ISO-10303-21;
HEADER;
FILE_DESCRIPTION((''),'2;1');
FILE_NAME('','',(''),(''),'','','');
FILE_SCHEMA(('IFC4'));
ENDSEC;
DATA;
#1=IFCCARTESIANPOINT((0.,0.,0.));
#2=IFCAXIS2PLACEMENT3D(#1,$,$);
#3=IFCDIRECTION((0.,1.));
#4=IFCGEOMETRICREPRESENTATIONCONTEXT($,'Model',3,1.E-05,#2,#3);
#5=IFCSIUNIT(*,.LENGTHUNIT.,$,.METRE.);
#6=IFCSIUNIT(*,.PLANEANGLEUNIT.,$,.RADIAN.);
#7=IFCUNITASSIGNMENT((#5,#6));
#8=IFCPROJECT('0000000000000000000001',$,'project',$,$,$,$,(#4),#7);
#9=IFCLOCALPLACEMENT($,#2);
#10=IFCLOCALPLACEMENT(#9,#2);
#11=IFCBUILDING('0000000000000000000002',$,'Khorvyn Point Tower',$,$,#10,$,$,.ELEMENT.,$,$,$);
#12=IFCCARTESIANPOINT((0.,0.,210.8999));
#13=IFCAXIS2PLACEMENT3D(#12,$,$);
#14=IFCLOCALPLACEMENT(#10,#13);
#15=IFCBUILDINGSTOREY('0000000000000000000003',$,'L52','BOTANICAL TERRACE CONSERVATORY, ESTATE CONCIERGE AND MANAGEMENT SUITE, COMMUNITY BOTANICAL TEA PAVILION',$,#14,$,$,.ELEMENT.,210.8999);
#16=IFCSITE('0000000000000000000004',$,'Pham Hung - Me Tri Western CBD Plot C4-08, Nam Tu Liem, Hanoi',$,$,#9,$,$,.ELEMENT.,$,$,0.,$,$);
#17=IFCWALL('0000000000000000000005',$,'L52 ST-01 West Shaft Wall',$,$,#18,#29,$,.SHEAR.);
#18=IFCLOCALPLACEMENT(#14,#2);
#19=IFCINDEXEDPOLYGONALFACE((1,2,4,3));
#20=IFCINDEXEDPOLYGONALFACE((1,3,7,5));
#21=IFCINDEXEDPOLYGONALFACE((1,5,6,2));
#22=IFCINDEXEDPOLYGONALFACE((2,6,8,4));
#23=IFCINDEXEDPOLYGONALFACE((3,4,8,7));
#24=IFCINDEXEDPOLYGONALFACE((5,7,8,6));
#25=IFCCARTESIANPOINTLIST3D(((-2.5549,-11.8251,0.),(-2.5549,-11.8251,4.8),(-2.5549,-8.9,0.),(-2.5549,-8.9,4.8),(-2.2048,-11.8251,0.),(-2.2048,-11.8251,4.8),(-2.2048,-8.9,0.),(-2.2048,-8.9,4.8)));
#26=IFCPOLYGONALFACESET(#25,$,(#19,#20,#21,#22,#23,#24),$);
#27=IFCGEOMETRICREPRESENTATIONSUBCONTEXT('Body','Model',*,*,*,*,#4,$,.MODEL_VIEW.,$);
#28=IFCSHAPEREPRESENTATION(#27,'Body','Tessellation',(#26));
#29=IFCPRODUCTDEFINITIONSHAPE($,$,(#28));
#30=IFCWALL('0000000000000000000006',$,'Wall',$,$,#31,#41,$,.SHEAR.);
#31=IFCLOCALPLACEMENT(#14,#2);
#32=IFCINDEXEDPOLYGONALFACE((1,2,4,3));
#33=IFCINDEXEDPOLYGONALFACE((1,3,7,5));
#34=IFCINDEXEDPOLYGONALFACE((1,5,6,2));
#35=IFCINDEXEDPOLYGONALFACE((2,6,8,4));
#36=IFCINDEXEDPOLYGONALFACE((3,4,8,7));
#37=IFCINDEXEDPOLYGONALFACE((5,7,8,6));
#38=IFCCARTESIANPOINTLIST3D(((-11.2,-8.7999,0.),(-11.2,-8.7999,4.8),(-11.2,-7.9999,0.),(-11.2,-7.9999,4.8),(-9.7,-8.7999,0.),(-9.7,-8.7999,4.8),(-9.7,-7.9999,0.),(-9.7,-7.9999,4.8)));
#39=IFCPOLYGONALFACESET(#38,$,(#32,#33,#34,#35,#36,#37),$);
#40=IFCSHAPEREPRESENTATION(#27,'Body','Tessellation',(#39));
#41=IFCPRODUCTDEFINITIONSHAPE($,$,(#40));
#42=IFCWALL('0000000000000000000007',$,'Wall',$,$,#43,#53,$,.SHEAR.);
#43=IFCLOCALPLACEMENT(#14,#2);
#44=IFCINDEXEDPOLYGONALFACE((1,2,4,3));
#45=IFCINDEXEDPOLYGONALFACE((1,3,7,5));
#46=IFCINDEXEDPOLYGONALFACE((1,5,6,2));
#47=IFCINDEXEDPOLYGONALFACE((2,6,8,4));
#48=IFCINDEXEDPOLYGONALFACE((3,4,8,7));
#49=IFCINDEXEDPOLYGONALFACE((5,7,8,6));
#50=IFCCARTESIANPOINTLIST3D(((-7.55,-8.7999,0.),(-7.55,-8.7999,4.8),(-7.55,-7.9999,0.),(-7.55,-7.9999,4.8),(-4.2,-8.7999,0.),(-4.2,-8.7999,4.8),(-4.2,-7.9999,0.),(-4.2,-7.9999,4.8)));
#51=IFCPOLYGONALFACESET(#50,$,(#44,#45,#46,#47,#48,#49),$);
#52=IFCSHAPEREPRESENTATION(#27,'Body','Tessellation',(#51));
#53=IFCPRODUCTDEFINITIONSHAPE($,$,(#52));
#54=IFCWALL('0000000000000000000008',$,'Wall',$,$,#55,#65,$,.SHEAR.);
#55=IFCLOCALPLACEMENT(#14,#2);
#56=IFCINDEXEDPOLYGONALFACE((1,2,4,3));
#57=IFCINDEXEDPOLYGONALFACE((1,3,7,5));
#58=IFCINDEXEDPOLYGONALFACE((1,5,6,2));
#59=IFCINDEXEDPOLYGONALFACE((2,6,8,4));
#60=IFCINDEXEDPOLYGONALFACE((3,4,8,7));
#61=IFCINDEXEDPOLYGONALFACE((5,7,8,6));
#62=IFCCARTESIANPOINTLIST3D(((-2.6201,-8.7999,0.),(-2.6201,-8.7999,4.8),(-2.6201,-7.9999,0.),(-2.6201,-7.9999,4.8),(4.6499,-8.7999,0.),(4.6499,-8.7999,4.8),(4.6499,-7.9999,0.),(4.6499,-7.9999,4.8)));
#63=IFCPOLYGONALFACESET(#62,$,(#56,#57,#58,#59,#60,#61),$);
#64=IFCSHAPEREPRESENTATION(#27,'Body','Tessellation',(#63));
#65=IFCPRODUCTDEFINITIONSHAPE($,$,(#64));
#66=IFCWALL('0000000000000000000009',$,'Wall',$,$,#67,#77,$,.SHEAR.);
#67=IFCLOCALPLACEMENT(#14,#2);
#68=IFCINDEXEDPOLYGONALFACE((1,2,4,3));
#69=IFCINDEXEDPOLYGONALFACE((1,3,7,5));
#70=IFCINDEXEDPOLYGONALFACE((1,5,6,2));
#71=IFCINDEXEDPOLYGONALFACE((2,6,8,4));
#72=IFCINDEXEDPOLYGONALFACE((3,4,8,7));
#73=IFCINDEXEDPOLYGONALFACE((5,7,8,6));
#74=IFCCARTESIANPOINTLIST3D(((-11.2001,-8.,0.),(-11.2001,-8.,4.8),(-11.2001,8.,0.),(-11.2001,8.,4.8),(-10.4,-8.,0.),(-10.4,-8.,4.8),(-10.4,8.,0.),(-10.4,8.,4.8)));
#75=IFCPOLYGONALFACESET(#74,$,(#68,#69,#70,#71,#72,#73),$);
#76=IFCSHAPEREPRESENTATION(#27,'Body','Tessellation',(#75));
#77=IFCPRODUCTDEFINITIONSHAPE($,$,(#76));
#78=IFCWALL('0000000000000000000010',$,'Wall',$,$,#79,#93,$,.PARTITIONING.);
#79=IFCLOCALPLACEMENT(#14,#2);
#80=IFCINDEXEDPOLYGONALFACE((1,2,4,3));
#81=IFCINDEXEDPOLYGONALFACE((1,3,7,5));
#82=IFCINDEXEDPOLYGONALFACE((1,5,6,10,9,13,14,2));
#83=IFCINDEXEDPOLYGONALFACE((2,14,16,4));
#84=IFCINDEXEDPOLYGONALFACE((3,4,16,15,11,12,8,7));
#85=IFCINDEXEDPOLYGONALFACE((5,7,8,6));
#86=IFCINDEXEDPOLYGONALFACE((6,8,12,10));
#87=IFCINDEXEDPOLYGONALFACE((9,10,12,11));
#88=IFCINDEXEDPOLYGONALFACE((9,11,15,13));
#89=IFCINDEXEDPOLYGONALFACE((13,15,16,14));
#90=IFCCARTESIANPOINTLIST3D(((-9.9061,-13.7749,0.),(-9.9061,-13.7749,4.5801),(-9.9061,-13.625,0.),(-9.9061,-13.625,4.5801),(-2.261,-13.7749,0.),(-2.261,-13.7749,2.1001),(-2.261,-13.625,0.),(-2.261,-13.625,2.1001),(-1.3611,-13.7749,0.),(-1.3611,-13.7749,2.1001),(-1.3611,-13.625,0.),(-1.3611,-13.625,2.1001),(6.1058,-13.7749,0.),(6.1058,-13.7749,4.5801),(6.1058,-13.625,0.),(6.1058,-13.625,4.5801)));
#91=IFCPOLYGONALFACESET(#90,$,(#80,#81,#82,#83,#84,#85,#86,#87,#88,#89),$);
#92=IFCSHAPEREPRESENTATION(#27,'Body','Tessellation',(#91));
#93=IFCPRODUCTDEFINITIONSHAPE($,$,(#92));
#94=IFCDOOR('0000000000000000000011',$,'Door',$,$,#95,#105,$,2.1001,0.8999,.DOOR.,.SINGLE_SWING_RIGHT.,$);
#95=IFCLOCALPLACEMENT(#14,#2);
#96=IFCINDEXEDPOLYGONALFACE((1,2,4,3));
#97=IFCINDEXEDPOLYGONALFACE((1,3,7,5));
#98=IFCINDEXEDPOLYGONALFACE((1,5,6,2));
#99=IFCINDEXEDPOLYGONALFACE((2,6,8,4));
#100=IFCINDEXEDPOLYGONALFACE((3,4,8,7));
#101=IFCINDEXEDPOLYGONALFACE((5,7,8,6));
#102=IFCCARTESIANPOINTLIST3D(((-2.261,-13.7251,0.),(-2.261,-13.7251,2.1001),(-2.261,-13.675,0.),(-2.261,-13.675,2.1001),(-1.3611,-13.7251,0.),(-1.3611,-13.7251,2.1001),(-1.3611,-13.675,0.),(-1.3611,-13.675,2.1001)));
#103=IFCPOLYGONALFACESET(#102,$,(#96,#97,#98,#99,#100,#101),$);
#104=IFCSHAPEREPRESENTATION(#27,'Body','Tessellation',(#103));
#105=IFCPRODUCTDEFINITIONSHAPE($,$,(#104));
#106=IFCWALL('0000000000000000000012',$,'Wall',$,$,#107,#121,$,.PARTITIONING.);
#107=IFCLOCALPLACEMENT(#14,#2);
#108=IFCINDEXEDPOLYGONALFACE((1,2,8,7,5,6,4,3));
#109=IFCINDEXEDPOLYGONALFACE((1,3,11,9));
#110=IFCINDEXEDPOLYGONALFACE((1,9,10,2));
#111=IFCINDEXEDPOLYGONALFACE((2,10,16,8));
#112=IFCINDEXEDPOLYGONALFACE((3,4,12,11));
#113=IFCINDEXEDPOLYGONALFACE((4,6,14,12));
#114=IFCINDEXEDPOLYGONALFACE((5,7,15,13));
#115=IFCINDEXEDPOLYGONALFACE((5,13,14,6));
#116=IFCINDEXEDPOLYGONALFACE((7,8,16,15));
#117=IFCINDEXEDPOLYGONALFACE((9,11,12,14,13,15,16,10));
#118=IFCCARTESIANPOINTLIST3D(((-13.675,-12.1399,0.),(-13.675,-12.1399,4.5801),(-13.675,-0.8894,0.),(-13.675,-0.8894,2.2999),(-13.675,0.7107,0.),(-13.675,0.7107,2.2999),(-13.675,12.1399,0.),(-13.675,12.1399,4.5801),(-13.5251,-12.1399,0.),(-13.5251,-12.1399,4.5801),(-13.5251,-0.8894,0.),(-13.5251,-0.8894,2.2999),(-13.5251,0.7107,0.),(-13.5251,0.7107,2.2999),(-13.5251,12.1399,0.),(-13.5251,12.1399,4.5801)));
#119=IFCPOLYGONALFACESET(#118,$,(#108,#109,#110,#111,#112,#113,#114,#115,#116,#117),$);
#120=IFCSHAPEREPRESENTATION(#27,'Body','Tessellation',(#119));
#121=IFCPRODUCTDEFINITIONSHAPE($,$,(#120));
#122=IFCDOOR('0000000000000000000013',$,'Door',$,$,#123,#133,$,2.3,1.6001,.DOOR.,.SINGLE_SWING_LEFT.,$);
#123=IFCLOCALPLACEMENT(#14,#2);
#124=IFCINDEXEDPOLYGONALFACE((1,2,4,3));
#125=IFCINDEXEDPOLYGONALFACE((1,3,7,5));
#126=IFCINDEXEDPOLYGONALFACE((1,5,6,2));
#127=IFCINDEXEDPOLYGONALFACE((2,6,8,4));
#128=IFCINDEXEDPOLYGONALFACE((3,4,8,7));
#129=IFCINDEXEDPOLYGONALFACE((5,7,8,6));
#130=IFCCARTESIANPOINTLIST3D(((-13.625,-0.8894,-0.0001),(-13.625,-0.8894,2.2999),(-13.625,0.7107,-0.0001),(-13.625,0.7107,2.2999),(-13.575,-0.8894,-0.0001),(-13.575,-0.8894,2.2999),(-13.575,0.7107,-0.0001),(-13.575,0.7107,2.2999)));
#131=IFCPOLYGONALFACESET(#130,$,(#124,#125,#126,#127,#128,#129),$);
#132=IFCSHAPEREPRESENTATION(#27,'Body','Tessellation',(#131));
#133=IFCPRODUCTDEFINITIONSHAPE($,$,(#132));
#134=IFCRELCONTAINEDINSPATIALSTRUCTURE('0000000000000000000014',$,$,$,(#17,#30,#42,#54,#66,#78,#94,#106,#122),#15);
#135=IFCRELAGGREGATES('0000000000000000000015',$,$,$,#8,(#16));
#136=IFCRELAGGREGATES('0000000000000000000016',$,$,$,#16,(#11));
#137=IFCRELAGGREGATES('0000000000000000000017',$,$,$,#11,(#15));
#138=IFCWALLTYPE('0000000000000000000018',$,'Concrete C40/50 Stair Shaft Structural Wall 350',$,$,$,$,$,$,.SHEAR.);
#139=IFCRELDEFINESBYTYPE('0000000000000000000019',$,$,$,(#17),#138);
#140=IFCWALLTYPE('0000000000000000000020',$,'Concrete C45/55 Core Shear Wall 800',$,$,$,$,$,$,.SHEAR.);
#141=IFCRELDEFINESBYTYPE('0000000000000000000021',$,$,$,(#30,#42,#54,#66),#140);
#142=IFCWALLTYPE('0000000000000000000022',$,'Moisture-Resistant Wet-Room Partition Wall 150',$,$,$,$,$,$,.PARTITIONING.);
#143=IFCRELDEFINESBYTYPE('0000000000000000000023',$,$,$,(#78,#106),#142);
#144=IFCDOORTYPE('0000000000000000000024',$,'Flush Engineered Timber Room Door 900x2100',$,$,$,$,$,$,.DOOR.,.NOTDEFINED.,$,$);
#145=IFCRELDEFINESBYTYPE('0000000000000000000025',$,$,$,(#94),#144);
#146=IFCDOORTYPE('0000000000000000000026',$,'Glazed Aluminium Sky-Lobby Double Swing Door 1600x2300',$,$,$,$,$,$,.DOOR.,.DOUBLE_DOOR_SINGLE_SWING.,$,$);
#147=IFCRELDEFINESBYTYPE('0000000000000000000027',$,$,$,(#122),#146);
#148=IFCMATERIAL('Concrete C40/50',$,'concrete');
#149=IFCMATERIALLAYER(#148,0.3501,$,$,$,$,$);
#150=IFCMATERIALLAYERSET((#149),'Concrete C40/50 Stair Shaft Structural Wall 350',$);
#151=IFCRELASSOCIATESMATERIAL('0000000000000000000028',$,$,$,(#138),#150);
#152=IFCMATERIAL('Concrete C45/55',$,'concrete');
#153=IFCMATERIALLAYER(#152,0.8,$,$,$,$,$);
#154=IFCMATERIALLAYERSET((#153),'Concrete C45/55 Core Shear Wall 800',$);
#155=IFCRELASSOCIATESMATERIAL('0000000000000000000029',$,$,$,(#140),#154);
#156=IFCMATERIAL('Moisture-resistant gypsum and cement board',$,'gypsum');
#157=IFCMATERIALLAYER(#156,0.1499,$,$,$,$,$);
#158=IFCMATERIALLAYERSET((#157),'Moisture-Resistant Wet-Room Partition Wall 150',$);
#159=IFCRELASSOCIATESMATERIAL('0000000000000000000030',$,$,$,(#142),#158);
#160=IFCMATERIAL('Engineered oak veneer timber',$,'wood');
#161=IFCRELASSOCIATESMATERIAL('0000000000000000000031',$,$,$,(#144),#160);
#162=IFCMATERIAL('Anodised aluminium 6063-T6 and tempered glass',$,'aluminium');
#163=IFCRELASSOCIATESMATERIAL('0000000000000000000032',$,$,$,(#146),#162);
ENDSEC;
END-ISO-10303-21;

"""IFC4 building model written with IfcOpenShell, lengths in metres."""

from ifc_helpers import new_model, si_unit, direction, frame, frame_2d, origin, place, context, subcontext, project, spatial, rectangle, extrude, material, layer, layer_set, type_object, element, fill, save


model = new_model("IFC4")

# Units and contexts
model_context = context("Model", 3, precision=1e-05, world=origin(), true_north=direction((0.0, 1.0)))
body_context = subcontext(model_context, "Body", "Model", "MODEL_VIEW")
ifc_project = project(units=[si_unit("LENGTHUNIT", "METRE"), si_unit("PLANEANGLEUNIT", "RADIAN")], contexts=[model_context])

# Site, building, storey
site_placement = place(None, origin())
site = spatial("IfcSite", under=ifc_project, at=site_placement, Name="Pham Hung - Me Tri Western CBD Plot C4-08, Nam Tu Liem, Hanoi", CompositionType="ELEMENT", RefElevation=0.0)
building_placement = place(site_placement, origin())
building = spatial("IfcBuilding", under=site, at=building_placement, Name="Khorvyn Point Tower", CompositionType="ELEMENT")
storey_placement = place(building_placement, frame((0.0, 0.0, 210.8999)))
storey = spatial("IfcBuildingStorey", under=building, at=storey_placement, Name="L52", Description="BOTANICAL TERRACE CONSERVATORY, ESTATE CONCIERGE AND MANAGEMENT SUITE, COMMUNITY BOTANICAL TEA PAVILION", CompositionType="ELEMENT", Elevation=210.8999)

# Shared definitions
ifc_material_1 = material(Name="Concrete C45/55", Category="concrete")

# Shared definitions
ifc_material_2 = material(Name="Concrete C40/50", Category="concrete")

# Walls
ifc_layer_1 = layer(ifc_material_2, 0.3501)
ifc_layer_set_1 = layer_set([ifc_layer_1], Name="Concrete C40/50 Stair Shaft Structural Wall 350")
wall_type_1 = type_object("IfcWallType", Name="Concrete C40/50 Stair Shaft Structural Wall 350", PredefinedType="SHEAR", material=ifc_layer_set_1)
wall_1_placement = place(storey_placement, frame((-2.3799, -11.825, 0.0), z_axis=(0.0, 0.0, 1.0), x_axis=(0.0, 1.0, 0.0)))
element("IfcWall", 1, at=wall_1_placement, inside=storey, type_object=wall_type_1, Name="L52 ST-01 West Shaft Wall", PredefinedType="SHEAR", context=body_context, shape_type="SweptSolid", body=[
    extrude(rectangle(XDim=2.925, YDim=0.3501, at=frame_2d((1.4624, 0.0))), origin(), (0.0, 0.0, 1.0), 4.8),
])
ifc_layer_2 = layer(ifc_material_1, 0.8)
ifc_layer_set_2 = layer_set([ifc_layer_2], Name="Concrete C45/55 Core Shear Wall 800")
wall_type_2 = type_object("IfcWallType", Name="Concrete C45/55 Core Shear Wall 800", PredefinedType="SHEAR", material=ifc_layer_set_2)
wall_2_placement = place(storey_placement, frame((-11.2, -8.3999, 0.0), z_axis=(0.0, 0.0, 1.0), x_axis=(1.0, 0.0, 0.0)))
element("IfcWall", 2, at=wall_2_placement, inside=storey, type_object=wall_type_2, Name="Wall", PredefinedType="SHEAR", context=body_context, shape_type="SweptSolid", body=[
    extrude(rectangle(XDim=1.5, YDim=0.8, at=frame_2d((0.75, 0.0))), origin(), (0.0, 0.0, 1.0), 4.8),
])
wall_3_placement = place(storey_placement, frame((-7.55, -8.3999, 0.0), z_axis=(0.0, 0.0, 1.0), x_axis=(1.0, 0.0, 0.0)))
element("IfcWall", 3, at=wall_3_placement, inside=storey, type_object=wall_type_2, Name="Wall", PredefinedType="SHEAR", context=body_context, shape_type="SweptSolid", body=[
    extrude(rectangle(XDim=3.3501, YDim=0.8, at=frame_2d((1.675, 0.0))), origin(), (0.0, 0.0, 1.0), 4.8),
])
wall_4_placement = place(storey_placement, frame((-2.6201, -8.3999, 0.0), z_axis=(0.0, 0.0, 1.0), x_axis=(1.0, 0.0, 0.0)))
element("IfcWall", 4, at=wall_4_placement, inside=storey, type_object=wall_type_2, Name="Wall", PredefinedType="SHEAR", context=body_context, shape_type="SweptSolid", body=[
    extrude(rectangle(XDim=7.27, YDim=0.8, at=frame_2d((3.635, 0.0))), origin(), (0.0, 0.0, 1.0), 4.8),
])
wall_5_placement = place(storey_placement, frame((-10.8, -8.0, 0.0), z_axis=(0.0, 0.0, 1.0), x_axis=(0.0, 1.0, 0.0)))
element("IfcWall", 5, at=wall_5_placement, inside=storey, type_object=wall_type_2, Name="Wall", PredefinedType="SHEAR", context=body_context, shape_type="SweptSolid", body=[
    extrude(rectangle(XDim=16.0, YDim=0.8, at=frame_2d((8.0, 0.0))), origin(), (0.0, 0.0, 1.0), 4.8),
])

# Walls, openings, doors
ifc_material_3 = material(Name="Moisture-resistant gypsum and cement board", Category="gypsum")
ifc_layer_3 = layer(ifc_material_3, 0.1499)
ifc_layer_set_3 = layer_set([ifc_layer_3], Name="Moisture-Resistant Wet-Room Partition Wall 150")
wall_type_3 = type_object("IfcWallType", Name="Moisture-Resistant Wet-Room Partition Wall 150", PredefinedType="PARTITIONING", material=ifc_layer_set_3)
wall_6_placement = place(storey_placement, frame((-9.906, -13.7, 0.0), z_axis=(0.0, 0.0, 1.0), x_axis=(1.0, 0.0, 0.0)))
wall_6 = element("IfcWall", 6, at=wall_6_placement, inside=storey, type_object=wall_type_3, Name="Wall", PredefinedType="PARTITIONING", context=body_context, shape_type="SweptSolid", body=[
    extrude(rectangle(XDim=16.012, YDim=0.1499, at=frame_2d((8.0059, 0.0))), origin(), (0.0, 0.0, 1.0), 4.5801),
])
opening_1_placement = place(wall_6_placement, frame((7.645, 0.0, 0.0)))
opening_1 = element("IfcOpeningElement", 7, at=opening_1_placement, cuts=wall_6, PredefinedType="OPENING", context=body_context, shape_type="SweptSolid", body=[
    extrude(rectangle(XDim=0.8999, YDim=2.1001, at=frame_2d((0.45, 1.05))), frame((0.0, 0.085, 0.0), z_axis=(0.0, -1.0, 0.0), x_axis=(1.0, 0.0, 0.0)), (0.0, 0.0, 1.0), 0.1699),
])
ifc_material_4 = material(Name="Engineered oak veneer timber", Category="wood")
door_type_1 = type_object("IfcDoorType", Name="Flush Engineered Timber Room Door 900x2100", OperationType="NOTDEFINED", PredefinedType="DOOR", material=ifc_material_4)
door_1_placement = place(opening_1_placement, origin())
door_1 = element("IfcDoor", 8, at=door_1_placement, inside=storey, type_object=door_type_1, Name="Door", OperationType="SINGLE_SWING_RIGHT", OverallHeight=2.1001, OverallWidth=0.8999, PredefinedType="DOOR", context=body_context, shape_type="SweptSolid", body=[
    extrude(rectangle(XDim=0.8999, YDim=2.1001, at=frame_2d((0.45, 1.05))), frame((0.0, 0.0249, 0.0), z_axis=(0.0, -1.0, 0.0), x_axis=(1.0, 0.0, 0.0)), (0.0, 0.0, 1.0), 0.05),
])
fill(opening_1, door_1)
wall_7_placement = place(storey_placement, frame((-13.6001, -12.1399, 0.0), z_axis=(0.0, 0.0, 1.0), x_axis=(0.0, 1.0, 0.0)))
wall_7 = element("IfcWall", 9, at=wall_7_placement, inside=storey, type_object=wall_type_3, Name="Wall", PredefinedType="PARTITIONING", context=body_context, shape_type="SweptSolid", body=[
    extrude(rectangle(XDim=24.2798, YDim=0.1499, at=frame_2d((12.1399, 0.0))), origin(), (0.0, 0.0, 1.0), 4.5801),
])
opening_2_placement = place(wall_7_placement, frame((11.2505, 0.0, 0.0)))
opening_2 = element("IfcOpeningElement", 10, at=opening_2_placement, cuts=wall_7, PredefinedType="OPENING", context=body_context, shape_type="SweptSolid", body=[
    extrude(rectangle(XDim=1.6001, YDim=2.3, at=frame_2d((0.8, 1.1499))), frame((0.0, 0.085, 0.0), z_axis=(0.0, -1.0, 0.0), x_axis=(1.0, 0.0, 0.0)), (0.0, 0.0, 1.0), 0.1699),
])
ifc_material_5 = material(Name="Anodised aluminium 6063-T6 and tempered glass", Category="aluminium")
door_type_2 = type_object("IfcDoorType", Name="Glazed Aluminium Sky-Lobby Double Swing Door 1600x2300", OperationType="DOUBLE_DOOR_SINGLE_SWING", PredefinedType="DOOR", material=ifc_material_5)
door_2_placement = place(opening_2_placement, origin())
door_2 = element("IfcDoor", 11, at=door_2_placement, inside=storey, type_object=door_type_2, Name="Door", OperationType="SINGLE_SWING_LEFT", OverallHeight=2.3, OverallWidth=1.6001, PredefinedType="DOOR", context=body_context, shape_type="SweptSolid", body=[
    extrude(rectangle(XDim=1.6001, YDim=2.3, at=frame_2d((0.8, 1.1499))), frame((0.0, 0.0249, 0.0), z_axis=(0.0, -1.0, 0.0), x_axis=(1.0, 0.0, 0.0)), (0.0, 0.0, 1.0), 0.05),
])
fill(opening_2, door_2)

save(model, "model.ifc")
